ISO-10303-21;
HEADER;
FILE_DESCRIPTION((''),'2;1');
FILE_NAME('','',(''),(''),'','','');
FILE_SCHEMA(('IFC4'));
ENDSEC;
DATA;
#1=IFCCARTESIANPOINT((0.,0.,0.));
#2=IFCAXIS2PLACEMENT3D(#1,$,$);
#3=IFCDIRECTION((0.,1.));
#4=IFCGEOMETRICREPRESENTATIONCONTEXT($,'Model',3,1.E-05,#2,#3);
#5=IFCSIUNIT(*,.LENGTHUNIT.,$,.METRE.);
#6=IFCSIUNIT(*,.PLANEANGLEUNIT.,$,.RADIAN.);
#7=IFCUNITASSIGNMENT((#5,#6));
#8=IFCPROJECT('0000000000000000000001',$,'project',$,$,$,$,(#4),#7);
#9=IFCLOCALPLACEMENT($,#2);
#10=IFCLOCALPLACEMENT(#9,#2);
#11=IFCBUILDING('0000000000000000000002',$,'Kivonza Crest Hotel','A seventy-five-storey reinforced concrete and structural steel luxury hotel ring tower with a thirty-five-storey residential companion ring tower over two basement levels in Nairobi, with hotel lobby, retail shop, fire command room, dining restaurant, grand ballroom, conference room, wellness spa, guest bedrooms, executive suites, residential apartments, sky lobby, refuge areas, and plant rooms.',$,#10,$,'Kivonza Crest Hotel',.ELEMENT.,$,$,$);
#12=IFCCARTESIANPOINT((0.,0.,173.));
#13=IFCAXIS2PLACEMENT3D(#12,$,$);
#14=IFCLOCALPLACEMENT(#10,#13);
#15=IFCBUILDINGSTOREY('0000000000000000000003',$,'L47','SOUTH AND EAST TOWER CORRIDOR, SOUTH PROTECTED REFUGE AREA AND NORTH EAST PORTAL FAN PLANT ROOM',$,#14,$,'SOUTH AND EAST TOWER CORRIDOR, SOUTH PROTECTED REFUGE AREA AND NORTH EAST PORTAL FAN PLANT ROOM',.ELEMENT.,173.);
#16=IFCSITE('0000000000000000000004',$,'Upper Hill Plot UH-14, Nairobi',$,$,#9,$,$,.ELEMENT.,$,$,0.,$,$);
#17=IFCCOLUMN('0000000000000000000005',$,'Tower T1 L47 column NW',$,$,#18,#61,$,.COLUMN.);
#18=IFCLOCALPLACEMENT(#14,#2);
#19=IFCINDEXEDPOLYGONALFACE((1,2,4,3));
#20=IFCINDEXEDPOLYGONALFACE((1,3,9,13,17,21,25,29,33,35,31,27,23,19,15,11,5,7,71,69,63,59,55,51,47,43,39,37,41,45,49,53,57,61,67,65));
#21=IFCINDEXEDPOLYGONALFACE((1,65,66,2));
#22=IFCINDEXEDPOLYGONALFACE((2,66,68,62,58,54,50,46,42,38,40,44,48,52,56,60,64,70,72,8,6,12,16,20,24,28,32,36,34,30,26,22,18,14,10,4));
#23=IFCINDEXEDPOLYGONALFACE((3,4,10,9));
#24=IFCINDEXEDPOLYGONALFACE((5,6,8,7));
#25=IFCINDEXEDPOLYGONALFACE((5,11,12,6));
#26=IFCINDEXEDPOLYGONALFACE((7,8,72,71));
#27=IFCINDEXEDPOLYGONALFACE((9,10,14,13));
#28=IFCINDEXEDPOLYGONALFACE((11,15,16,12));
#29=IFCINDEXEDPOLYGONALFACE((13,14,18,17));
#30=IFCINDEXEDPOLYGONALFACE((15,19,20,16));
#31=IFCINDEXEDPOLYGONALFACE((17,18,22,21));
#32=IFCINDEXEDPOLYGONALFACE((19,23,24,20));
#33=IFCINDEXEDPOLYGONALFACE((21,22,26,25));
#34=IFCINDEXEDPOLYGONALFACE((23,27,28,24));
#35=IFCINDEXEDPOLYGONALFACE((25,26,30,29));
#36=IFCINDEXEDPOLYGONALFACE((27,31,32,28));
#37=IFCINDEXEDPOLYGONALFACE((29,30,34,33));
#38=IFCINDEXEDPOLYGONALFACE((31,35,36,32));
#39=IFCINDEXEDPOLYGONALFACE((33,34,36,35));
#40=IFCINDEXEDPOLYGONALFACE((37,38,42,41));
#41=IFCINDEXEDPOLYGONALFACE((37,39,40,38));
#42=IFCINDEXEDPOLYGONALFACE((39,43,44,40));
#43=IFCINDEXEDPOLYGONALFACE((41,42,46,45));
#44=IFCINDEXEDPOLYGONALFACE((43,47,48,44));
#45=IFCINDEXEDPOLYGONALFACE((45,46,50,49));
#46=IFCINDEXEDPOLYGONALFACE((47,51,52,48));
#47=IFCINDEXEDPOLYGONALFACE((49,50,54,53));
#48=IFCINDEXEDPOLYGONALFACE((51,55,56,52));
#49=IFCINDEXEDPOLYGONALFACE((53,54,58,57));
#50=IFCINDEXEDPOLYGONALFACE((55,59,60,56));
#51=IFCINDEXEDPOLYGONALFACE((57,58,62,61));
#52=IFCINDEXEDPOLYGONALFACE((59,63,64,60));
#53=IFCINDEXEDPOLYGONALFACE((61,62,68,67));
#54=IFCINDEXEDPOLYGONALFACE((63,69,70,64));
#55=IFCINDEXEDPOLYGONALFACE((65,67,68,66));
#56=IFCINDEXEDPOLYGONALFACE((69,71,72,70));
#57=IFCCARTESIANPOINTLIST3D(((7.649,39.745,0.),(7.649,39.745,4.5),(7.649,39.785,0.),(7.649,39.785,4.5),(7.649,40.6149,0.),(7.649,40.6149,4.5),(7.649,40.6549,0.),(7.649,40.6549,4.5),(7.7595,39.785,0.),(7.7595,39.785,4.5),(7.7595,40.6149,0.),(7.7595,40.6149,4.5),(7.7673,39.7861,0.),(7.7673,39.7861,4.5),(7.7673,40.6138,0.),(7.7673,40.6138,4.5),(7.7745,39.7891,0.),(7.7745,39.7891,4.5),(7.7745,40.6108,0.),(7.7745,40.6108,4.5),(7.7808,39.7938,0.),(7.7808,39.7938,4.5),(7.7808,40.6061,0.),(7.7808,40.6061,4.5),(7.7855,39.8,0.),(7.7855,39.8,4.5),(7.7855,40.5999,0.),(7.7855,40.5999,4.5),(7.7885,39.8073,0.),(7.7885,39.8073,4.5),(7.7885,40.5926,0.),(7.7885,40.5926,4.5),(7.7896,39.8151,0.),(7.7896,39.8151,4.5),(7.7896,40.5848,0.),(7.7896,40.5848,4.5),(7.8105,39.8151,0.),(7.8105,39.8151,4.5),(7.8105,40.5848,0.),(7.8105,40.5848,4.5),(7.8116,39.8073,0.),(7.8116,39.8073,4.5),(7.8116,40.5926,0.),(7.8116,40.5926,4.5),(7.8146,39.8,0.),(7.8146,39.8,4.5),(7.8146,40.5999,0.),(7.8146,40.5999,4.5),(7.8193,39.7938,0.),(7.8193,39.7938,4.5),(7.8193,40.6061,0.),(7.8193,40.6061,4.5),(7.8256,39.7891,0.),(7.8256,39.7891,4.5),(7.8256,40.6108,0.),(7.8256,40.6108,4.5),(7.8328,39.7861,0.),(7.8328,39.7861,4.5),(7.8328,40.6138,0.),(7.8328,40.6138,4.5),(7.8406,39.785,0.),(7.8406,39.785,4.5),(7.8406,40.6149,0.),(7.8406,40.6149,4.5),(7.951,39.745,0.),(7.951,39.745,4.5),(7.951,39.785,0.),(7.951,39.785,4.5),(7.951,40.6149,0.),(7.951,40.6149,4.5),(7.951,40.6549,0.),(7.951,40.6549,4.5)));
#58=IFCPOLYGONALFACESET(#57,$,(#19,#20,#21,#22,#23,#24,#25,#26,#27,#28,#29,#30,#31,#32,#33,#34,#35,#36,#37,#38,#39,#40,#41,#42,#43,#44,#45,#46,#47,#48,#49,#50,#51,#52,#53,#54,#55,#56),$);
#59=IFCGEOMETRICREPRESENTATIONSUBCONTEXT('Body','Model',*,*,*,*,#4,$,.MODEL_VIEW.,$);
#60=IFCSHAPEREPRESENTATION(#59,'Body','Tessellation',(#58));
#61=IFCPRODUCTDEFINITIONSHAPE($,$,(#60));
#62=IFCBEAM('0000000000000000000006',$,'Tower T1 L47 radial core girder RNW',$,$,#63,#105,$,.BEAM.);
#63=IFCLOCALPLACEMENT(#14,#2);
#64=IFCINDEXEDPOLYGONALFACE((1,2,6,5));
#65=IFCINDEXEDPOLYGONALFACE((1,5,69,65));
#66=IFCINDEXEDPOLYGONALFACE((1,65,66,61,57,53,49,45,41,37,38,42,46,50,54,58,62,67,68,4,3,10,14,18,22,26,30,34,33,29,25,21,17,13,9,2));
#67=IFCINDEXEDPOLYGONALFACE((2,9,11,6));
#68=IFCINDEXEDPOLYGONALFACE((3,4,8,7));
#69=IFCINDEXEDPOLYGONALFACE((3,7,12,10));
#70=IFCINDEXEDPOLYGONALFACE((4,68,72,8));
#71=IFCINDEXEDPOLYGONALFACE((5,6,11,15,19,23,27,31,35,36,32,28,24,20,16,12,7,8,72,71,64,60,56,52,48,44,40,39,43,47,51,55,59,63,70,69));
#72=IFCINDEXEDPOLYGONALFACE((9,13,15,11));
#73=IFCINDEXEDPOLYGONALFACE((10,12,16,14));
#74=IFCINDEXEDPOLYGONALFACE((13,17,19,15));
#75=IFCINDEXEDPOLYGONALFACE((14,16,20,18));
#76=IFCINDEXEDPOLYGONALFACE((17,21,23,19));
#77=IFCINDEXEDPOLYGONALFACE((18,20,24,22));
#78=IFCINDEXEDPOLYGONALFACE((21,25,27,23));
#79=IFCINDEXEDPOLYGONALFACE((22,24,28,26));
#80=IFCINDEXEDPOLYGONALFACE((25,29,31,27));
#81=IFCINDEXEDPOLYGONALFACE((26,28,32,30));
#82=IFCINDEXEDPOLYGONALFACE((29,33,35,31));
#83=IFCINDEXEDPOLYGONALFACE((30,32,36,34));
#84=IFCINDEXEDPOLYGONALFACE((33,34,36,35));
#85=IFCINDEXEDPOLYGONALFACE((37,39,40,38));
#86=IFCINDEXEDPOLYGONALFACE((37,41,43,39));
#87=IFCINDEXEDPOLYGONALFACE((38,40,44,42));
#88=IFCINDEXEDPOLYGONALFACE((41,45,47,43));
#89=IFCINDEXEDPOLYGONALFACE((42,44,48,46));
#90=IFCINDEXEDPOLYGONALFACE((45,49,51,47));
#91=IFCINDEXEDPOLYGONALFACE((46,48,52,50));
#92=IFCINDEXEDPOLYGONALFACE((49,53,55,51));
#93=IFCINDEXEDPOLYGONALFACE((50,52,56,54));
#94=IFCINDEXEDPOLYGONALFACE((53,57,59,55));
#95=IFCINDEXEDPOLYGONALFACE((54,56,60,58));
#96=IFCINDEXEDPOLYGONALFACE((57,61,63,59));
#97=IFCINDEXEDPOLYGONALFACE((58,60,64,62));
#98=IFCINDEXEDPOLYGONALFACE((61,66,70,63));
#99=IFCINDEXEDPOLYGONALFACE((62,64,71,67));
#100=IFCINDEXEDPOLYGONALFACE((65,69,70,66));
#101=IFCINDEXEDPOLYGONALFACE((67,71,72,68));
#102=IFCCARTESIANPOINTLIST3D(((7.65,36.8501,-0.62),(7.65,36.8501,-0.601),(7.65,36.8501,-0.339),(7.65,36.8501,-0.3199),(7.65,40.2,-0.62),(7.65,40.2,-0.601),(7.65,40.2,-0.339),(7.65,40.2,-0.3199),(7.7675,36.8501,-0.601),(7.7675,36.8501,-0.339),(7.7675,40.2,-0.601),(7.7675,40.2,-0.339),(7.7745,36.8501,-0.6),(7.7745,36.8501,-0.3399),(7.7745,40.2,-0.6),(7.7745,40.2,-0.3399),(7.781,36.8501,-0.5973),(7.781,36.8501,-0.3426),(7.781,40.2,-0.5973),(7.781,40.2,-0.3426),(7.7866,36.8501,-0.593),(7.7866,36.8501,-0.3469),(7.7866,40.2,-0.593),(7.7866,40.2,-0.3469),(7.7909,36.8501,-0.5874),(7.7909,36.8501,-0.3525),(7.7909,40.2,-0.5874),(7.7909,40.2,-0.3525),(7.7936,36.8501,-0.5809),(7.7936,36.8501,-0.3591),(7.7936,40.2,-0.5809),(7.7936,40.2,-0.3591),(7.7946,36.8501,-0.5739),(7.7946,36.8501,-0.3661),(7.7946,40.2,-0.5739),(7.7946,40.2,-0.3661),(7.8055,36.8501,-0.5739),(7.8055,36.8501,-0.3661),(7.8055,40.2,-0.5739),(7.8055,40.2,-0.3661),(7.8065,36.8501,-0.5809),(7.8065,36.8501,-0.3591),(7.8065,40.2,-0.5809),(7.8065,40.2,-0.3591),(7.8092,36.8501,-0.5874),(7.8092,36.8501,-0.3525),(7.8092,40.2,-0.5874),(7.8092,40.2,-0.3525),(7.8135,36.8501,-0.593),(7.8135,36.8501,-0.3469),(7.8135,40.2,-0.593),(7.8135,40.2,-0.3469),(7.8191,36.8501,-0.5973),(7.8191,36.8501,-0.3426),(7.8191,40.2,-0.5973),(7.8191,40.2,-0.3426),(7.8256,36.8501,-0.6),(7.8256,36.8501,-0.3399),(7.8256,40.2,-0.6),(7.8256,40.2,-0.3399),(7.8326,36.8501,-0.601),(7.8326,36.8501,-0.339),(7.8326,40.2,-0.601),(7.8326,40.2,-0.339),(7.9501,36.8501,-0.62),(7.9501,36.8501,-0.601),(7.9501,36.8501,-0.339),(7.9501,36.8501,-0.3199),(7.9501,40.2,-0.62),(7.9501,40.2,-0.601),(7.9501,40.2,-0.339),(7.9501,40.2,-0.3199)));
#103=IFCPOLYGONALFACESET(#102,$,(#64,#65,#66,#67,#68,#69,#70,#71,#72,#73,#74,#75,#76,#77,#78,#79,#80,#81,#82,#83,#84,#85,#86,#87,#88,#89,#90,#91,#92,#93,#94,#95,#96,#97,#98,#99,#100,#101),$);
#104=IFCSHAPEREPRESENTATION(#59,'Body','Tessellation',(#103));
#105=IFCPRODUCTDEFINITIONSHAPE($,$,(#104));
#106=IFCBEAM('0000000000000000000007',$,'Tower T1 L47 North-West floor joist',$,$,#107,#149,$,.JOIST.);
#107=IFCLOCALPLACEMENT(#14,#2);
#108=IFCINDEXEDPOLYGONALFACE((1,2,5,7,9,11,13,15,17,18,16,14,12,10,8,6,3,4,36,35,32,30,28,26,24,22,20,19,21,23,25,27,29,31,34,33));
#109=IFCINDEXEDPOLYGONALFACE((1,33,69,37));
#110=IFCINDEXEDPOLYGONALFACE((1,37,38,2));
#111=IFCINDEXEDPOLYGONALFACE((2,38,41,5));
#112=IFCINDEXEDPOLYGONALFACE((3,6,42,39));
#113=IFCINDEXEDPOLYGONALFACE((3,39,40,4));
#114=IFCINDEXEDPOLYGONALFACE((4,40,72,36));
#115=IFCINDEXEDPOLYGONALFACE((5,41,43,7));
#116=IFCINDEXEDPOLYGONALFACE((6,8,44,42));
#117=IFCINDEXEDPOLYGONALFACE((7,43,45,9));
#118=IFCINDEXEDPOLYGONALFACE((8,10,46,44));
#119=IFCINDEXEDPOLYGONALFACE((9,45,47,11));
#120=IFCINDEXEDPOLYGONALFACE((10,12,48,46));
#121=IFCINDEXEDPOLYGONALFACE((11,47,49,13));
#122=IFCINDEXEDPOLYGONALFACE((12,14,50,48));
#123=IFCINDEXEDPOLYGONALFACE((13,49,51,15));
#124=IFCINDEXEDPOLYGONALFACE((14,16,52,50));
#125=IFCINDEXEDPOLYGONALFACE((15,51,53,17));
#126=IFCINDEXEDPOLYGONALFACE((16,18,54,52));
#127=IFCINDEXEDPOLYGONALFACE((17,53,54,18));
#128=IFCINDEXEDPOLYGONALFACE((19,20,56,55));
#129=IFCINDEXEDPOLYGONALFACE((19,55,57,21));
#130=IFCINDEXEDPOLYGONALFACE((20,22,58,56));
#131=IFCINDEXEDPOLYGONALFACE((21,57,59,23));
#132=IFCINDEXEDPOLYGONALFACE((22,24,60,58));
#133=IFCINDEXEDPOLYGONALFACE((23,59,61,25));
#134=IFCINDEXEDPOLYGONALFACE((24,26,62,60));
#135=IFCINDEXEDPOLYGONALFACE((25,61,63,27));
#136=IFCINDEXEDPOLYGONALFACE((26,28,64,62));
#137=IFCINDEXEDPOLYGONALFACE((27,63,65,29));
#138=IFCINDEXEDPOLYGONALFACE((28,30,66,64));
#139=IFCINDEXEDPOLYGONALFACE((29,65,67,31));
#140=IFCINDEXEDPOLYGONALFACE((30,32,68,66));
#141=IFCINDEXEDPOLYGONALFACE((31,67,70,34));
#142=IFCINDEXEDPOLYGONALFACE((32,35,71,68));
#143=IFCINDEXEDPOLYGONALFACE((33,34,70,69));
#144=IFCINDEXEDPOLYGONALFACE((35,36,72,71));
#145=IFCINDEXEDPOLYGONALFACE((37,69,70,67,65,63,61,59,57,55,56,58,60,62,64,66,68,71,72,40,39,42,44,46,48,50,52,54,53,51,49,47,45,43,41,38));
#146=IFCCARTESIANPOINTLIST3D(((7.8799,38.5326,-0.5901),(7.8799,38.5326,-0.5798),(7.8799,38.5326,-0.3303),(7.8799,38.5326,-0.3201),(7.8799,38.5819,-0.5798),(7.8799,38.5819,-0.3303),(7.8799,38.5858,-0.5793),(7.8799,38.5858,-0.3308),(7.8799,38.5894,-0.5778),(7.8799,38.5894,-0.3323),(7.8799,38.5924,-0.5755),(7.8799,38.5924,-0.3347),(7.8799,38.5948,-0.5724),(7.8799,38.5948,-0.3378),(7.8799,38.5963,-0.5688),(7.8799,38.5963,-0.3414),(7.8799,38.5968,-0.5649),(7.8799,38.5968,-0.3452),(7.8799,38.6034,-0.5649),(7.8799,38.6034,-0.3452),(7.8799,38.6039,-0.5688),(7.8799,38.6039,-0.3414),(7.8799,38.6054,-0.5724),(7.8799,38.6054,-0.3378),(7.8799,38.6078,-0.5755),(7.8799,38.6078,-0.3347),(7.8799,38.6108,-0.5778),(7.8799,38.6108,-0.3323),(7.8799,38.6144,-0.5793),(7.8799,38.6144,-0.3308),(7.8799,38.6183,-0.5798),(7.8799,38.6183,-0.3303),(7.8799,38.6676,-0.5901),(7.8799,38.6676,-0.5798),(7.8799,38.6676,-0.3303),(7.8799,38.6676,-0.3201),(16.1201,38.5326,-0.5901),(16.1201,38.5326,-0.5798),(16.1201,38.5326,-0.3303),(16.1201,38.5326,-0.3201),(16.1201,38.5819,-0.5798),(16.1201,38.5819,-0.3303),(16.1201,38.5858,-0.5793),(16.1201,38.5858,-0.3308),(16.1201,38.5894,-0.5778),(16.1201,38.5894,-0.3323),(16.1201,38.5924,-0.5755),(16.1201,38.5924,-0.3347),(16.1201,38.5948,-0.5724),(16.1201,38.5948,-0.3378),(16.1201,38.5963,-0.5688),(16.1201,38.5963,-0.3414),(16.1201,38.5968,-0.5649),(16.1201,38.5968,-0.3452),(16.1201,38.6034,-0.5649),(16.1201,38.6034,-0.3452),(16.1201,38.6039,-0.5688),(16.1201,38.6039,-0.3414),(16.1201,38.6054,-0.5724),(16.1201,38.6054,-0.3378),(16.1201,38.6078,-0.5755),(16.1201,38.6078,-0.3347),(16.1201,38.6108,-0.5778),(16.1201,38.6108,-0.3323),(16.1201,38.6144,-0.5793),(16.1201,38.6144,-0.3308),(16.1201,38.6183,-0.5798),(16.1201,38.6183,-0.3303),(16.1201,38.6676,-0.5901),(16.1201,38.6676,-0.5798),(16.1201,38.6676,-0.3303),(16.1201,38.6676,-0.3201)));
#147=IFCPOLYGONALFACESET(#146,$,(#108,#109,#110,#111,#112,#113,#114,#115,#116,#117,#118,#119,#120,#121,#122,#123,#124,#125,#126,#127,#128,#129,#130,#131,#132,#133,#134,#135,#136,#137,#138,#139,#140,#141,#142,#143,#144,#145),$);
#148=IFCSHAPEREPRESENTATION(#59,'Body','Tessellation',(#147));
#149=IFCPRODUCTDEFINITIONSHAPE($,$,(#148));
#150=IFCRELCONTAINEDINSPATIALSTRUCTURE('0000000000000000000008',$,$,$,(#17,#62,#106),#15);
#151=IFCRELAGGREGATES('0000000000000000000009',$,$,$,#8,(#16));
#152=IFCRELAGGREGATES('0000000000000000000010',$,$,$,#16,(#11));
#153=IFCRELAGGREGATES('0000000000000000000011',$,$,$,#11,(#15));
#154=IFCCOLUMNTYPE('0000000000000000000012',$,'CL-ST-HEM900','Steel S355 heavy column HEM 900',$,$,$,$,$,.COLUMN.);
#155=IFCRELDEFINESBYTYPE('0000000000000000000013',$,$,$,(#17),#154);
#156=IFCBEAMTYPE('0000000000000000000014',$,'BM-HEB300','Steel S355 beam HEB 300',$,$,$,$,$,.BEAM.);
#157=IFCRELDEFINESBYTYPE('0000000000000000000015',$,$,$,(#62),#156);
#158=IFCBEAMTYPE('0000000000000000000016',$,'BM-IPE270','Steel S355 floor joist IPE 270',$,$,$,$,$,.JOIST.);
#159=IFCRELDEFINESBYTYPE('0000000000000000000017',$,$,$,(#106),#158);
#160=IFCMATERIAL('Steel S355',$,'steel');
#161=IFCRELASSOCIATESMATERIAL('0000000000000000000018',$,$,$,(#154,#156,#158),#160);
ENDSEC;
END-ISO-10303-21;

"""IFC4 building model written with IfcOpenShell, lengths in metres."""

from ifc_helpers import new_model, si_unit, direction, frame, origin, origin_2d, place, context, subcontext, project, spatial, i_section, extrude, material, material_profile, profile_set, type_object, element, save


model = new_model("IFC4")

# Units and contexts
model_context = context("Model", 3, precision=1e-05, world=origin(), true_north=direction((0.0, 1.0)))
body_context = subcontext(model_context, "Body", "Model", "MODEL_VIEW")
ifc_project = project(units=[si_unit("LENGTHUNIT", "METRE"), si_unit("PLANEANGLEUNIT", "RADIAN")], contexts=[model_context])

# Site, building, storey
site_placement = place(None, origin())
site = spatial("IfcSite", under=ifc_project, at=site_placement, Name="Upper Hill Plot UH-14, Nairobi", CompositionType="ELEMENT", RefElevation=0.0)
building_placement = place(site_placement, origin())
building = spatial("IfcBuilding", under=site, at=building_placement, Name="Kivonza Crest Hotel", Description="A seventy-five-storey reinforced concrete and structural steel luxury hotel ring tower with a thirty-five-storey residential companion ring tower over two basement levels in Nairobi, with hotel lobby, retail shop, fire command room, dining restaurant, grand ballroom, conference room, wellness spa, guest bedrooms, executive suites, residential apartments, sky lobby, refuge areas, and plant rooms.", LongName="Kivonza Crest Hotel", CompositionType="ELEMENT")
storey_placement = place(building_placement, frame((0.0, 0.0, 173.0)))
storey = spatial("IfcBuildingStorey", under=building, at=storey_placement, Name="L47", Description="SOUTH AND EAST TOWER CORRIDOR, SOUTH PROTECTED REFUGE AREA AND NORTH EAST PORTAL FAN PLANT ROOM", LongName="SOUTH AND EAST TOWER CORRIDOR, SOUTH PROTECTED REFUGE AREA AND NORTH EAST PORTAL FAN PLANT ROOM", CompositionType="ELEMENT", Elevation=173.0)

# Column
ifc_material_1 = material(Name="Steel S355", Category="steel")
ifc_material_profile_1 = material_profile(ifc_material_1, i_section(OverallWidth=0.302, OverallDepth=0.9099, WebThickness=0.021, FlangeThickness=0.04, FilletRadius=0.03, at=origin_2d()), Name="HEM 900")
ifc_profile_set_1 = profile_set([ifc_material_profile_1], Name="Steel S355")
column_type = type_object("IfcColumnType", Name="CL-ST-HEM900", Description="Steel S355 heavy column HEM 900", PredefinedType="COLUMN", material=ifc_profile_set_1)
column_placement = place(storey_placement, frame((7.8, 40.2, 0.0), z_axis=(0.0, 0.0, 1.0), x_axis=(1.0, 0.0, 0.0)))
element("IfcColumn", 1, at=column_placement, inside=storey, type_object=column_type, Name="Tower T1 L47 column NW", PredefinedType="COLUMN", context=body_context, shape_type="SweptSolid", body=[
    extrude(i_section(OverallWidth=0.302, OverallDepth=0.9099, WebThickness=0.021, FlangeThickness=0.04, FilletRadius=0.03, at=origin_2d()), origin(), (0.0, 0.0, 1.0), 4.5),
])

# Beams
ifc_material_profile_2 = material_profile(ifc_material_1, i_section(OverallWidth=0.3, OverallDepth=0.3, WebThickness=0.011, FlangeThickness=0.019, FilletRadius=0.0271, at=origin_2d()), Name="HEB 300")
ifc_profile_set_2 = profile_set([ifc_material_profile_2], Name="Steel S355")
beam_type_1 = type_object("IfcBeamType", Name="BM-HEB300", Description="Steel S355 beam HEB 300", PredefinedType="BEAM", material=ifc_profile_set_2)
beam_1_placement = place(storey_placement, frame((7.8, 40.2, -0.47), z_axis=(0.0, -1.0, 0.0), x_axis=(1.0, 0.0, 0.0)))
element("IfcBeam", 2, at=beam_1_placement, inside=storey, type_object=beam_type_1, Name="Tower T1 L47 radial core girder RNW", PredefinedType="BEAM", context=body_context, shape_type="SweptSolid", body=[
    extrude(i_section(OverallWidth=0.3, OverallDepth=0.3, WebThickness=0.011, FlangeThickness=0.019, FilletRadius=0.0271, at=origin_2d()), origin(), (0.0, 0.0, 1.0), 3.3499),
])
ifc_material_profile_3 = material_profile(ifc_material_1, i_section(OverallWidth=0.135, OverallDepth=0.27, WebThickness=0.0066, FlangeThickness=0.0103, FilletRadius=0.0149, at=origin_2d()), Name="IPE 270")
ifc_profile_set_3 = profile_set([ifc_material_profile_3], Name="Steel S355")
beam_type_2 = type_object("IfcBeamType", Name="BM-IPE270", Description="Steel S355 floor joist IPE 270", PredefinedType="JOIST", material=ifc_profile_set_3)
beam_2_placement = place(storey_placement, frame((7.8799, 38.6001, -0.4551), z_axis=(1.0, 0.0, 0.0), x_axis=(0.0, 1.0, 0.0)))
element("IfcBeam", 3, at=beam_2_placement, inside=storey, type_object=beam_type_2, Name="Tower T1 L47 North-West floor joist", PredefinedType="JOIST", context=body_context, shape_type="SweptSolid", body=[
    extrude(i_section(OverallWidth=0.135, OverallDepth=0.27, WebThickness=0.0066, FlangeThickness=0.0103, FilletRadius=0.0149, at=origin_2d()), origin(), (0.0, 0.0, 1.0), 8.2402),
])

save(model, "model.ifc")
